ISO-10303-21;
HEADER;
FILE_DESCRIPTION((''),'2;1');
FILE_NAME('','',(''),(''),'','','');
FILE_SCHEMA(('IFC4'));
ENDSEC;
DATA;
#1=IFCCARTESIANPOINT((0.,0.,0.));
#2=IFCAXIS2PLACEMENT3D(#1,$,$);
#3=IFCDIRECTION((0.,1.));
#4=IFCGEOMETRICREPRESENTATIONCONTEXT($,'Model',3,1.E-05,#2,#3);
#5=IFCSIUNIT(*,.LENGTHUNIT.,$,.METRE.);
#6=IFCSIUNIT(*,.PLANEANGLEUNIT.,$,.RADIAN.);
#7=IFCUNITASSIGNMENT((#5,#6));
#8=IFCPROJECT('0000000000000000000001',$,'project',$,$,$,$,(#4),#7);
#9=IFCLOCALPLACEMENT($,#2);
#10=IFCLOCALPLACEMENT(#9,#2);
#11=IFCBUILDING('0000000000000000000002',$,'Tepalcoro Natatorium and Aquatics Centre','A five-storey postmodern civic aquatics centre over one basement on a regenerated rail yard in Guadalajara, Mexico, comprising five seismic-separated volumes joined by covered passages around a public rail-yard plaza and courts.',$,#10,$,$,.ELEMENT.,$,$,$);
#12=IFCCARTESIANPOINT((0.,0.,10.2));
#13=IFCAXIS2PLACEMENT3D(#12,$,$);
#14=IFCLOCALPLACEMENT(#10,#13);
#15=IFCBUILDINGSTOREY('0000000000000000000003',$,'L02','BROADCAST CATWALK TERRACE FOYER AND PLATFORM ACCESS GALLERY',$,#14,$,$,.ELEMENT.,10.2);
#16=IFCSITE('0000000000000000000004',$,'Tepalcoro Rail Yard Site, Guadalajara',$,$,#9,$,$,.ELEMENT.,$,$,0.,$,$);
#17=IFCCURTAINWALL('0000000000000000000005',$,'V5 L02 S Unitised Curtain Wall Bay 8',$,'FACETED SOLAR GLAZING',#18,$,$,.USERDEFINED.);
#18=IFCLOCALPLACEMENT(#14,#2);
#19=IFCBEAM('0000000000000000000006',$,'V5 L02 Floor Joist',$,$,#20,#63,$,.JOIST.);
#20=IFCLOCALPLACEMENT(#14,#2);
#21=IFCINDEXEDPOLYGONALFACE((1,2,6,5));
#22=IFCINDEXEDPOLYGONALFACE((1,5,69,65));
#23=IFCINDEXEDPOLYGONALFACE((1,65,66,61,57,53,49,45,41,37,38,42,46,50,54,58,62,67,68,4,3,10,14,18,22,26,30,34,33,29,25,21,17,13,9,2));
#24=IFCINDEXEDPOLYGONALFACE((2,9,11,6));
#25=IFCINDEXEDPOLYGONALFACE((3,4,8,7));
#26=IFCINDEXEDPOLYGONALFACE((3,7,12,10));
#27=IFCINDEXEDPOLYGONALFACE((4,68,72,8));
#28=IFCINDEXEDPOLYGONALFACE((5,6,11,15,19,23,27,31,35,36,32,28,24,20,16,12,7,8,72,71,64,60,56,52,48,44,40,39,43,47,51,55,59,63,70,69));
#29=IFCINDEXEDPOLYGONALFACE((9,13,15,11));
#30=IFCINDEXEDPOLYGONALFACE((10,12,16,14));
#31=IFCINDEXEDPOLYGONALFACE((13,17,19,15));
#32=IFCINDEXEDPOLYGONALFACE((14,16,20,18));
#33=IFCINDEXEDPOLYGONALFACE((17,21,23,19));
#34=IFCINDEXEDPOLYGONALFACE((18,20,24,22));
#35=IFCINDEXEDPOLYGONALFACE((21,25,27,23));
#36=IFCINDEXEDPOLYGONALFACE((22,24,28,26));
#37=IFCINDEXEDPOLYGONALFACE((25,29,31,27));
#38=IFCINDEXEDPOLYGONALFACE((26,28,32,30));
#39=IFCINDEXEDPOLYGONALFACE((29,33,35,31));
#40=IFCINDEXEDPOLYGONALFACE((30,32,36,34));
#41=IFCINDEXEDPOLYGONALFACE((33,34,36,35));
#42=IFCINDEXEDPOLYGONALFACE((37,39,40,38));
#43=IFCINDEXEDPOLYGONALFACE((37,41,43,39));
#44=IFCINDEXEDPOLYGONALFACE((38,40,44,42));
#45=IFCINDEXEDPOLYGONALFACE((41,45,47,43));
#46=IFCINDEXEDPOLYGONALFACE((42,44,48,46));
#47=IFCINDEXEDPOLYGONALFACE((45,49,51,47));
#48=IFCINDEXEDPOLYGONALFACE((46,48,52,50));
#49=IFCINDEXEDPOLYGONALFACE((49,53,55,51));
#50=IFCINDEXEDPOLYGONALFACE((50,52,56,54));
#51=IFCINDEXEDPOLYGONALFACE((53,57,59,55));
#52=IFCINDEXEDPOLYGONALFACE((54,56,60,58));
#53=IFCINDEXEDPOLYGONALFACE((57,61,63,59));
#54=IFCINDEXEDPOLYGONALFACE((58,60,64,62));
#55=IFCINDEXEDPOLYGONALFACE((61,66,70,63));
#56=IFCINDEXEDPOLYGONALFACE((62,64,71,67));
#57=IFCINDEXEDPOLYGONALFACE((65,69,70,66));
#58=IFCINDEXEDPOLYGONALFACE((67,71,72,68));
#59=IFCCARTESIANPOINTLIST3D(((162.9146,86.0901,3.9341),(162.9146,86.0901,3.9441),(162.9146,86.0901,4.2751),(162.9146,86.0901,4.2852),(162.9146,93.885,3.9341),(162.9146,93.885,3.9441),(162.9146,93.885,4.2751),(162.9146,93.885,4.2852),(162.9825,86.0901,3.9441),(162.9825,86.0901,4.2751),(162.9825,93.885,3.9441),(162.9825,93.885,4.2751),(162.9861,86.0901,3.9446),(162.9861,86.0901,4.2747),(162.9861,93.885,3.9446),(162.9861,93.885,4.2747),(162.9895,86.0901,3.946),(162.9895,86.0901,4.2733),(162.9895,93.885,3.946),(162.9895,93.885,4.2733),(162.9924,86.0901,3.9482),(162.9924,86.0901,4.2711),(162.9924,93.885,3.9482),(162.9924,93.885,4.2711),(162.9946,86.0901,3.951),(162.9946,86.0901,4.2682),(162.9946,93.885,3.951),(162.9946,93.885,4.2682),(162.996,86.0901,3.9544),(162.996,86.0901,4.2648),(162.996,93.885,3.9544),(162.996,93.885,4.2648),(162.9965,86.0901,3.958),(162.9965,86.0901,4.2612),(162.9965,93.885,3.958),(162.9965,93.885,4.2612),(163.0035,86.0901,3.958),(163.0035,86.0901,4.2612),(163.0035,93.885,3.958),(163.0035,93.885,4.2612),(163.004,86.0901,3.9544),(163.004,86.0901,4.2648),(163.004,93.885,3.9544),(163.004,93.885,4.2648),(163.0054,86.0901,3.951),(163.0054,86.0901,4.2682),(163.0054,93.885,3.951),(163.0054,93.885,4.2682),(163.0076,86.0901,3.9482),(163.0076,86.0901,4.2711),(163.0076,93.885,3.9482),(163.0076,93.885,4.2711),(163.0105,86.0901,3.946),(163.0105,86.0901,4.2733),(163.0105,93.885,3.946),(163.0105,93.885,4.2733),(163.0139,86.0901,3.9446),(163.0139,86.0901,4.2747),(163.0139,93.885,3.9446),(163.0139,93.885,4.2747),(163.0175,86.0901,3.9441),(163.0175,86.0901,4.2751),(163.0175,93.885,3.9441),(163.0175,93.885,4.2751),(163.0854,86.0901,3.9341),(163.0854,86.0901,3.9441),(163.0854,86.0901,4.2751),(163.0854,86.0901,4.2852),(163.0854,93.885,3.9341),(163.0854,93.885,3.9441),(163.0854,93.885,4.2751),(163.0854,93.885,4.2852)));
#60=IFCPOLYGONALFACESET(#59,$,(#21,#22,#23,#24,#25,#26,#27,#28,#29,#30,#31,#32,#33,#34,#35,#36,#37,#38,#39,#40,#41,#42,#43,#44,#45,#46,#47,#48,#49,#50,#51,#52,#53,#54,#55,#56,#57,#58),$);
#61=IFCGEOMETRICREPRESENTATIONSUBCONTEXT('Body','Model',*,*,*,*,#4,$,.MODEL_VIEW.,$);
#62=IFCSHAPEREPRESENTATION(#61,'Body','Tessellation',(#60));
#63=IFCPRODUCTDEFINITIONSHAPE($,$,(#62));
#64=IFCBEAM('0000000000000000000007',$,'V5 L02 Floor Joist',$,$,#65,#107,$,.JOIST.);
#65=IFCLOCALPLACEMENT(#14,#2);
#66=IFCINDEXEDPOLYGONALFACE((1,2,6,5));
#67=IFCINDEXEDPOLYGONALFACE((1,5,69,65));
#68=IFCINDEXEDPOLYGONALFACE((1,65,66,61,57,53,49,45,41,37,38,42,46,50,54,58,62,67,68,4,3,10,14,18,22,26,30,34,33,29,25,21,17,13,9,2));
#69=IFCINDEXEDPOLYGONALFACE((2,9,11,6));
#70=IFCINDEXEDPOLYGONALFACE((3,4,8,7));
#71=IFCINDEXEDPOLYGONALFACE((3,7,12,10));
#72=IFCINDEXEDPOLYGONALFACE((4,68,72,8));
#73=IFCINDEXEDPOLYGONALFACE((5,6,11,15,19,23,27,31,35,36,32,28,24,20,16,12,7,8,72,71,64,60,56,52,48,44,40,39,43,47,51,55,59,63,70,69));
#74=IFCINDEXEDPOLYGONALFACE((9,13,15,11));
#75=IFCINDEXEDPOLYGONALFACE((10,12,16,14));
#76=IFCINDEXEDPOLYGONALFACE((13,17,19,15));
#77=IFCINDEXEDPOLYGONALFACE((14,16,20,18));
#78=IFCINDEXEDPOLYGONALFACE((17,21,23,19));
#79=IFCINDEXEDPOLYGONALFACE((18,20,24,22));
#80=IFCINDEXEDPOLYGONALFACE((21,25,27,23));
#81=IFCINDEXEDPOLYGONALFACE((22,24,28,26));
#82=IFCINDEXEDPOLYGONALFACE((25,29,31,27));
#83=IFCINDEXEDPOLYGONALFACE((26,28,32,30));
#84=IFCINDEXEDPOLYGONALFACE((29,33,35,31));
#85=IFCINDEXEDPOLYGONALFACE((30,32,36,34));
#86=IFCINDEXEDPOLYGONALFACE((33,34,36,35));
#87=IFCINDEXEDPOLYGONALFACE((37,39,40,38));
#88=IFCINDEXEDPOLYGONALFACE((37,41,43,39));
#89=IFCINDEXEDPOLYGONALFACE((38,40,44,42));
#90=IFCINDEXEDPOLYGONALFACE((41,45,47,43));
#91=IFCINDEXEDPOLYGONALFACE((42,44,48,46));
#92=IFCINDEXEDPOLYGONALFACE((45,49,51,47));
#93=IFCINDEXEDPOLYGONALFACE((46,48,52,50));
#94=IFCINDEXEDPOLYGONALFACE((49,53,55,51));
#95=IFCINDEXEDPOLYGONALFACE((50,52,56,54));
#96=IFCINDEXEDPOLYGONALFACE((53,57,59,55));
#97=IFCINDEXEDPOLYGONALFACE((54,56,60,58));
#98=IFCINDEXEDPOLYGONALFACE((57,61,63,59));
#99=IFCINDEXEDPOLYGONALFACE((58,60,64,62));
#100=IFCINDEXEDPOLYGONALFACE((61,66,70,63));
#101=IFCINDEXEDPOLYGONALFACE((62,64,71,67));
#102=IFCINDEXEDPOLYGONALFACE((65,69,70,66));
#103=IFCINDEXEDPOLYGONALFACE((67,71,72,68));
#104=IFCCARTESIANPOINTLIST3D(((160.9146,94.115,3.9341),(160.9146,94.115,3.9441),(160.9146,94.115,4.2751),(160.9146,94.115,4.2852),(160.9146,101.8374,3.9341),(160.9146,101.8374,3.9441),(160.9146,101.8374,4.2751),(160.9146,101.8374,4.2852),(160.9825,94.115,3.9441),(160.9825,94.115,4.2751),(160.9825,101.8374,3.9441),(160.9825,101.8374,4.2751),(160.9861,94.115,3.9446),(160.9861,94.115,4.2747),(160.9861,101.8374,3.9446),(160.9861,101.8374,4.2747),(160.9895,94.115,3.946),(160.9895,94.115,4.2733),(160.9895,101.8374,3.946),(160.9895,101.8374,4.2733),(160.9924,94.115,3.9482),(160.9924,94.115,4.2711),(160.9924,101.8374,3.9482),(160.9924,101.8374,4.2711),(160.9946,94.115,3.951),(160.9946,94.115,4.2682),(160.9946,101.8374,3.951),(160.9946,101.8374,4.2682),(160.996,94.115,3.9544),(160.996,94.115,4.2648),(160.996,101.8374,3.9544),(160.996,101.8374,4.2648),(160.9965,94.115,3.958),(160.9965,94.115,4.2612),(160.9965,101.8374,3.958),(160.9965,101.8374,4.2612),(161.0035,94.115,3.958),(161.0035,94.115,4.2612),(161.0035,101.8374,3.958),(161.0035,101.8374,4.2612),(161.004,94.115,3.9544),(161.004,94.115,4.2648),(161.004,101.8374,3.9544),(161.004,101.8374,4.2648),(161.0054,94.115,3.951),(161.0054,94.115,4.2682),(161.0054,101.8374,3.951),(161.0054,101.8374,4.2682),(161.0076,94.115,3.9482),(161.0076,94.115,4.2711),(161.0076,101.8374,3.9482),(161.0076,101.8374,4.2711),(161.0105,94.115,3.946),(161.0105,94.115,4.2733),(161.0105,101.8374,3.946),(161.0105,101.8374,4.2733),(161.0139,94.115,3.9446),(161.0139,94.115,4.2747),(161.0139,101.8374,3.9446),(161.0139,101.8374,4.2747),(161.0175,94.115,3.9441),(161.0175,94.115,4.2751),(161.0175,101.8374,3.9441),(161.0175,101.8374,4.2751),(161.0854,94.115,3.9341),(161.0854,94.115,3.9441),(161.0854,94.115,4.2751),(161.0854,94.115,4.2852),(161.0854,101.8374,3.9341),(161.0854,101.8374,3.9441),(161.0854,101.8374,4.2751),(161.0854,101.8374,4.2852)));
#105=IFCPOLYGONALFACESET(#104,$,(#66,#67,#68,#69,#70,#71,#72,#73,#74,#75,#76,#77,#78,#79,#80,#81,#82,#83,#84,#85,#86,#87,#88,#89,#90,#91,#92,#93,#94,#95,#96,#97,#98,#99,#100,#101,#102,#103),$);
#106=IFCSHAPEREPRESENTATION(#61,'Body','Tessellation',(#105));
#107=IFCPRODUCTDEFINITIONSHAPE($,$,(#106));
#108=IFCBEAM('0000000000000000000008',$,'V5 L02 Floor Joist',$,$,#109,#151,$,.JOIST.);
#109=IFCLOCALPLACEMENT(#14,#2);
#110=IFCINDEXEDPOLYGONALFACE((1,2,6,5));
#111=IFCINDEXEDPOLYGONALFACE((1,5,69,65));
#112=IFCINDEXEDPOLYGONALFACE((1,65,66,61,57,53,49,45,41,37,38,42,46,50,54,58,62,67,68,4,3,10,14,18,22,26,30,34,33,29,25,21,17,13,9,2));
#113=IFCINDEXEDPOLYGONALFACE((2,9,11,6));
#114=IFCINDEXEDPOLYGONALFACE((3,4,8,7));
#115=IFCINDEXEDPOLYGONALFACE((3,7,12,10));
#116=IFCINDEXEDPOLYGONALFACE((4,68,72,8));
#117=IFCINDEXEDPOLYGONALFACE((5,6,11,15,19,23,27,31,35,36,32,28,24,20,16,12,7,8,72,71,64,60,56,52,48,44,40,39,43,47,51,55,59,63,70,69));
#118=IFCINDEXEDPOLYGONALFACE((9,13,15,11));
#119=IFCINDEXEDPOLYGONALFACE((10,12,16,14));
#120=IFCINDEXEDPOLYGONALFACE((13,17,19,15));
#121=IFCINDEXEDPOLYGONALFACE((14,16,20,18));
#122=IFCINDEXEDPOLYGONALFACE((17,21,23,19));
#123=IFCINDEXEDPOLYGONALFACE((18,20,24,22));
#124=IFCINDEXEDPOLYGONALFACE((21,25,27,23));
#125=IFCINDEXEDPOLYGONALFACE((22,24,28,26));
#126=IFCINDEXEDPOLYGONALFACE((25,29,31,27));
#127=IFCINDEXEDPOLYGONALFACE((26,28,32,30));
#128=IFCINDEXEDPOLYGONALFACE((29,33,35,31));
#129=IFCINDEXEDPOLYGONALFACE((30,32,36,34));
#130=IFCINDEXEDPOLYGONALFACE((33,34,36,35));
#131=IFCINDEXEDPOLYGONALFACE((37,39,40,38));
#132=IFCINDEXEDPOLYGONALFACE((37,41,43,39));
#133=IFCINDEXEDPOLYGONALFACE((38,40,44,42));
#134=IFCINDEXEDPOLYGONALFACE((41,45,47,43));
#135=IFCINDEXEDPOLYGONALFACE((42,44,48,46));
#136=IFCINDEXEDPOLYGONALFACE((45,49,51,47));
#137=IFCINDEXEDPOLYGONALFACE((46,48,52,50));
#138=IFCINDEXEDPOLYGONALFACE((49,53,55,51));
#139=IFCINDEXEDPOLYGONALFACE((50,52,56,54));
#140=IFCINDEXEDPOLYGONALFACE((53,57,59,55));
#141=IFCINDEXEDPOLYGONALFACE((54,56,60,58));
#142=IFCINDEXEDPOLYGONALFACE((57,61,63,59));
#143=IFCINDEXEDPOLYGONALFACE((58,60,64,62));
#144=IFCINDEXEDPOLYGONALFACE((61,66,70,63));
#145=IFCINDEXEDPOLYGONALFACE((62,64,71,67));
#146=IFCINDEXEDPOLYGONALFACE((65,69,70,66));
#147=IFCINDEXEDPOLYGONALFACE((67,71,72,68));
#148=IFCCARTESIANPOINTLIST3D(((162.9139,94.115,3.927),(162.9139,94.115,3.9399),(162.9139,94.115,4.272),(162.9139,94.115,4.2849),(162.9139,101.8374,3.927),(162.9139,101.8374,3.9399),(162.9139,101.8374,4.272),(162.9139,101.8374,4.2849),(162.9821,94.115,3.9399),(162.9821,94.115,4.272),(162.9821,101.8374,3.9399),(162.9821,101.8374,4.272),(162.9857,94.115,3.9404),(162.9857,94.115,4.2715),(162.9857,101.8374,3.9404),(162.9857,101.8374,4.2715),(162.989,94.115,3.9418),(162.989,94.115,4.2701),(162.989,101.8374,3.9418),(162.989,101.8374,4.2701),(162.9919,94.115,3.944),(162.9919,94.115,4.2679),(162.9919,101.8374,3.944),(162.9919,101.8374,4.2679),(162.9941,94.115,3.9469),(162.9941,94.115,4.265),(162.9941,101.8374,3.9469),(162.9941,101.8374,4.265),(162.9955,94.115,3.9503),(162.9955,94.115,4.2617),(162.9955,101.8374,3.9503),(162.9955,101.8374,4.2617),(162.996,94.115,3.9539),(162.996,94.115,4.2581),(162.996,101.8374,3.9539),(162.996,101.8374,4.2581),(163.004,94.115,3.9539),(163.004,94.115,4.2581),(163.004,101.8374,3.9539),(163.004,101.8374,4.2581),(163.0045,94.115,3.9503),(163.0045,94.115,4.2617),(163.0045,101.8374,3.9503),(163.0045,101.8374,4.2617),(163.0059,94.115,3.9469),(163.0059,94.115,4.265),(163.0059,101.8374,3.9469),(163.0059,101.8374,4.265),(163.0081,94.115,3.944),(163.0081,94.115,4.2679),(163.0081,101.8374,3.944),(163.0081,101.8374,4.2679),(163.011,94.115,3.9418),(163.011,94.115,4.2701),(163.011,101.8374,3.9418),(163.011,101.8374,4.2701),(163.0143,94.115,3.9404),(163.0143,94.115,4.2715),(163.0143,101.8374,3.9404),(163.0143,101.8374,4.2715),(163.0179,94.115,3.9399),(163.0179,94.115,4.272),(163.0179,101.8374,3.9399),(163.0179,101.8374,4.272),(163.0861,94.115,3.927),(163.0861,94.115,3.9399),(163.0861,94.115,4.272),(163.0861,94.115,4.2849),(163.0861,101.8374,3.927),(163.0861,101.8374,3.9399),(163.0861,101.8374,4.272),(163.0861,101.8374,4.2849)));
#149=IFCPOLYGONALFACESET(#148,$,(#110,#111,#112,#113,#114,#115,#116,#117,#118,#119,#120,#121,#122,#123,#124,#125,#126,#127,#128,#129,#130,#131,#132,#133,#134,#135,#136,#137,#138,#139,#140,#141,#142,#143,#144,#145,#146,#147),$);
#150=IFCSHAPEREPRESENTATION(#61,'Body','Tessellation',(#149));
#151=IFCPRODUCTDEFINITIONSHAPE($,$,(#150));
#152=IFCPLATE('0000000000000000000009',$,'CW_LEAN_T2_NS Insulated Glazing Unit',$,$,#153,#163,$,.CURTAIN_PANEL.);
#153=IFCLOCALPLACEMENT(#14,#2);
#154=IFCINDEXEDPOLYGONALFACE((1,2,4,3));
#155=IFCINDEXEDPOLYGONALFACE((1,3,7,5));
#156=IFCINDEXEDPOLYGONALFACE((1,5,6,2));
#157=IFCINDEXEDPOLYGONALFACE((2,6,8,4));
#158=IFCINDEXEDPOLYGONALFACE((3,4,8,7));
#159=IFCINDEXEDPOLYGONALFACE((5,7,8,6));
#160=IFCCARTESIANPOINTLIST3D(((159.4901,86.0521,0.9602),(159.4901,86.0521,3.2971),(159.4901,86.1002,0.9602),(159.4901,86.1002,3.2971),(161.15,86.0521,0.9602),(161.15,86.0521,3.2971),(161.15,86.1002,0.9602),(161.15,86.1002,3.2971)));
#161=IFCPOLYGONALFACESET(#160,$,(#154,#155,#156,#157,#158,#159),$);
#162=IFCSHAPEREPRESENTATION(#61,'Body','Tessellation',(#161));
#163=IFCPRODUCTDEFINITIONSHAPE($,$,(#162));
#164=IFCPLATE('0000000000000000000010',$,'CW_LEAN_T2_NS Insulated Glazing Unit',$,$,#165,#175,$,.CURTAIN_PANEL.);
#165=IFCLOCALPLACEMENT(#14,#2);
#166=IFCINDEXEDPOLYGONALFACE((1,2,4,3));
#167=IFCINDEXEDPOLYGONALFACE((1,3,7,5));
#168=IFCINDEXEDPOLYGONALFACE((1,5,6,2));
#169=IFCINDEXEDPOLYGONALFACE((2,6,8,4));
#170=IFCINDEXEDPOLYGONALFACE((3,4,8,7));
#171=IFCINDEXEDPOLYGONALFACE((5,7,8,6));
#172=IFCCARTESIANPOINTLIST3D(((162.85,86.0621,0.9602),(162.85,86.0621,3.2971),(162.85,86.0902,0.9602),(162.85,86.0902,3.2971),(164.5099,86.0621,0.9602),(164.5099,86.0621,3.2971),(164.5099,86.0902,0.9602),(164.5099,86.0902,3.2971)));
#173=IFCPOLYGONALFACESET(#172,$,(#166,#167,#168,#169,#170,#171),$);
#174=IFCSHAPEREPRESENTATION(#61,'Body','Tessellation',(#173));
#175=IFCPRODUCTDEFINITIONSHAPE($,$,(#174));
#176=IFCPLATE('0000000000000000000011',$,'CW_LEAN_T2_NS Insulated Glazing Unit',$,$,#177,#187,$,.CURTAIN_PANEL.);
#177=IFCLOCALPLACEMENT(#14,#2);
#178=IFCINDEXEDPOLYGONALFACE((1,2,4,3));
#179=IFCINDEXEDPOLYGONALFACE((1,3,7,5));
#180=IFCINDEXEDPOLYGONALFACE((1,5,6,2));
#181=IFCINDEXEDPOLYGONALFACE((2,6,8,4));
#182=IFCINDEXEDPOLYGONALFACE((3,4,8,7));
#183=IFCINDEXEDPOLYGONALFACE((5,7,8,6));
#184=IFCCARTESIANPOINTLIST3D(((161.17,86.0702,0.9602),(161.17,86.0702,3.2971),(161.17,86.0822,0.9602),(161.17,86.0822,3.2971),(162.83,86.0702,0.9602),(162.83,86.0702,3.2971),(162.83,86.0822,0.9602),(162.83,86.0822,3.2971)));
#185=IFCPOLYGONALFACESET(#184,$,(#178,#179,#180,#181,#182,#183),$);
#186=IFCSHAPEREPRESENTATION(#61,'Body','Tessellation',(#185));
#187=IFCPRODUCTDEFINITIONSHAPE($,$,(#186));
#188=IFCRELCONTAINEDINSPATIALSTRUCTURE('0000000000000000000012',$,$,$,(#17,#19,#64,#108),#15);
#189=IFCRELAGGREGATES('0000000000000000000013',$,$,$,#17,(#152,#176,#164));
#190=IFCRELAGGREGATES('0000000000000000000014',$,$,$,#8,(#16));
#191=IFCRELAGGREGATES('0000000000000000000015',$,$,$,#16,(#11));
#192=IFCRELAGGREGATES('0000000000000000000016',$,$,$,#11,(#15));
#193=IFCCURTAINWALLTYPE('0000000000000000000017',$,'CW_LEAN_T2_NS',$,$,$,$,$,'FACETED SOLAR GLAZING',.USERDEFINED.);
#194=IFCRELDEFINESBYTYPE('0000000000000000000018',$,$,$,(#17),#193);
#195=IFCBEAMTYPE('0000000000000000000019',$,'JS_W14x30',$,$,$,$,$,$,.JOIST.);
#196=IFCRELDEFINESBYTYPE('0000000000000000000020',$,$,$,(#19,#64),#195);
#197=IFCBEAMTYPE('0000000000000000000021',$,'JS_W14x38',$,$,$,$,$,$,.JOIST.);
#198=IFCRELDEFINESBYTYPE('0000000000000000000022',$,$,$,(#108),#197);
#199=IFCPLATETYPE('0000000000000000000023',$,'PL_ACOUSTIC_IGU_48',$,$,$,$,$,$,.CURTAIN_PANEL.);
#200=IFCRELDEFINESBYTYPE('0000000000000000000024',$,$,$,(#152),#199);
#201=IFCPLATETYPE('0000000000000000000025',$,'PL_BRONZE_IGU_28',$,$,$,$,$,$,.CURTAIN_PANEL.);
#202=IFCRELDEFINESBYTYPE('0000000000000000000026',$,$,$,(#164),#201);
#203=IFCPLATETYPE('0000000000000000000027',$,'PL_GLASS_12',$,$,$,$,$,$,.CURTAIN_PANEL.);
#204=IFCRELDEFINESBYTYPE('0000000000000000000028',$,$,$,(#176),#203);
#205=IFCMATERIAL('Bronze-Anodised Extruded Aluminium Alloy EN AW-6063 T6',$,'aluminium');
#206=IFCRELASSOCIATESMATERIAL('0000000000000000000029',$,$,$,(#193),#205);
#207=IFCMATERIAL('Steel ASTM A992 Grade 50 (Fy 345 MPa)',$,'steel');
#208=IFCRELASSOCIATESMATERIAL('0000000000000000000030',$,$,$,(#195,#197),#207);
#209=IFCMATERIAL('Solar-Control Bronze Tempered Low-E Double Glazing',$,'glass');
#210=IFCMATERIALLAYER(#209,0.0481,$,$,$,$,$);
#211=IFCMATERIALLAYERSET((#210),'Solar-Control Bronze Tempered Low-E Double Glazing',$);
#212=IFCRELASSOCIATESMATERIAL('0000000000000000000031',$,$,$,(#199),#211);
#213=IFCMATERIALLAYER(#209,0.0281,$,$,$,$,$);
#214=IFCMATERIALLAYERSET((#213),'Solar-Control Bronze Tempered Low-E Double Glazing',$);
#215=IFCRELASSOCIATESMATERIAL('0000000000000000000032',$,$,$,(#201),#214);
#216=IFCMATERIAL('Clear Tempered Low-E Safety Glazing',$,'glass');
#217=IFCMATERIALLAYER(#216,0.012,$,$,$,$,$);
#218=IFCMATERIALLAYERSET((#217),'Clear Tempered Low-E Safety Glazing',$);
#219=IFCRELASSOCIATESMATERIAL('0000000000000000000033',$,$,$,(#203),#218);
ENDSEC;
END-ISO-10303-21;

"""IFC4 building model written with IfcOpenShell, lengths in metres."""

from ifc_helpers import new_model, si_unit, direction, frame, origin, origin_2d, place, context, subcontext, project, spatial, rectangle, i_section, extrude, material, layer, layer_set, material_profile, profile_set, type_object, element, aggregate, save


model = new_model("IFC4")

# Units and contexts
model_context = context("Model", 3, precision=1e-05, world=origin(), true_north=direction((0.0, 1.0)))
body_context = subcontext(model_context, "Body", "Model", "MODEL_VIEW")
ifc_project = project(units=[si_unit("LENGTHUNIT", "METRE"), si_unit("PLANEANGLEUNIT", "RADIAN")], contexts=[model_context])

# Site, building, storey
site_placement = place(None, origin())
site = spatial("IfcSite", under=ifc_project, at=site_placement, Name="Tepalcoro Rail Yard Site, Guadalajara", CompositionType="ELEMENT", RefElevation=0.0)
building_placement = place(site_placement, origin())
building = spatial("IfcBuilding", under=site, at=building_placement, Name="Tepalcoro Natatorium and Aquatics Centre", Description="A five-storey postmodern civic aquatics centre over one basement on a regenerated rail yard in Guadalajara, Mexico, comprising five seismic-separated volumes joined by covered passages around a public rail-yard plaza and courts.", CompositionType="ELEMENT")
storey_placement = place(building_placement, frame((0.0, 0.0, 10.2)))
storey = spatial("IfcBuildingStorey", under=building, at=storey_placement, Name="L02", Description="BROADCAST CATWALK TERRACE FOYER AND PLATFORM ACCESS GALLERY", CompositionType="ELEMENT", Elevation=10.2)

# Curtain wall
ifc_material_1 = material(Name="Bronze-Anodised Extruded Aluminium Alloy EN AW-6063 T6", Category="aluminium")
curtain_wall_type = type_object("IfcCurtainWallType", Name="CW_LEAN_T2_NS", ElementType="FACETED SOLAR GLAZING", PredefinedType="USERDEFINED", material=ifc_material_1)
curtain_wall_placement = place(storey_placement, origin())
curtain_wall = element("IfcCurtainWall", 1, at=curtain_wall_placement, inside=storey, type_object=curtain_wall_type, Name="V5 L02 S Unitised Curtain Wall Bay 8", ObjectType="FACETED SOLAR GLAZING", PredefinedType="USERDEFINED")

# Beams
ifc_material_2 = material(Name="Steel ASTM A992 Grade 50 (Fy 345 MPa)", Category="steel")
ifc_material_profile_1 = material_profile(ifc_material_2, i_section(OverallWidth=0.1709, OverallDepth=0.3511, WebThickness=0.0071, FlangeThickness=0.01, FilletRadius=0.0139, at=origin_2d()), Name="W14X30")
ifc_profile_set_1 = profile_set([ifc_material_profile_1], Name="Steel ASTM A992 Grade 50 (Fy 345 MPa)")
beam_type_1 = type_object("IfcBeamType", Name="JS_W14x30", PredefinedType="JOIST", material=ifc_profile_set_1)
beam_1_placement = place(storey_placement, frame((163.0, 86.0901, 4.1096), z_axis=(0.0, 1.0, 0.0), x_axis=(-1.0, 0.0, 0.0)))
element("IfcBeam", 2, at=beam_1_placement, inside=storey, type_object=beam_type_1, Name="V5 L02 Floor Joist", PredefinedType="JOIST", context=body_context, shape_type="SweptSolid", body=[
    extrude(i_section(OverallWidth=0.1709, OverallDepth=0.3511, WebThickness=0.0071, FlangeThickness=0.01, FilletRadius=0.0139, at=origin_2d()), origin(), (0.0, 0.0, 1.0), 7.7949),
])
beam_2_placement = place(storey_placement, frame((161.0, 94.115, 4.1096), z_axis=(0.0, 1.0, 0.0), x_axis=(-1.0, 0.0, 0.0)))
element("IfcBeam", 3, at=beam_2_placement, inside=storey, type_object=beam_type_1, Name="V5 L02 Floor Joist", PredefinedType="JOIST", context=body_context, shape_type="SweptSolid", body=[
    extrude(i_section(OverallWidth=0.1709, OverallDepth=0.3511, WebThickness=0.0071, FlangeThickness=0.01, FilletRadius=0.0139, at=origin_2d()), origin(), (0.0, 0.0, 1.0), 7.7224),
])
ifc_material_profile_2 = material_profile(ifc_material_2, i_section(OverallWidth=0.1721, OverallDepth=0.3579, WebThickness=0.0081, FlangeThickness=0.0129, FilletRadius=0.0139, at=origin_2d()), Name="W14X38")
ifc_profile_set_2 = profile_set([ifc_material_profile_2], Name="Steel ASTM A992 Grade 50 (Fy 345 MPa)")
beam_type_2 = type_object("IfcBeamType", Name="JS_W14x38", PredefinedType="JOIST", material=ifc_profile_set_2)
beam_3_placement = place(storey_placement, frame((163.0, 94.115, 4.106), z_axis=(0.0, 1.0, 0.0), x_axis=(-1.0, 0.0, 0.0)))
element("IfcBeam", 4, at=beam_3_placement, inside=storey, type_object=beam_type_2, Name="V5 L02 Floor Joist", PredefinedType="JOIST", context=body_context, shape_type="SweptSolid", body=[
    extrude(i_section(OverallWidth=0.1721, OverallDepth=0.3579, WebThickness=0.0081, FlangeThickness=0.0129, FilletRadius=0.0139, at=origin_2d()), origin(), (0.0, 0.0, 1.0), 7.7224),
])

# Plates
ifc_material_3 = material(Name="Solar-Control Bronze Tempered Low-E Double Glazing", Category="glass")
ifc_layer_1 = layer(ifc_material_3, 0.0481)
ifc_layer_set_1 = layer_set([ifc_layer_1], Name="Solar-Control Bronze Tempered Low-E Double Glazing")
plate_type_1 = type_object("IfcPlateType", Name="PL_ACOUSTIC_IGU_48", PredefinedType="CURTAIN_PANEL", material=ifc_layer_set_1)
plate_1_placement = place(storey_placement, frame((160.3201, 86.0762, 0.9602), z_axis=(0.0, 0.0, 1.0), x_axis=(1.0, 0.0, 0.0)))
plate_1 = element("IfcPlate", 5, at=plate_1_placement, type_object=plate_type_1, Name="CW_LEAN_T2_NS Insulated Glazing Unit", PredefinedType="CURTAIN_PANEL", context=body_context, shape_type="SweptSolid", body=[
    extrude(rectangle(XDim=1.6599, YDim=0.0481, at=origin_2d()), origin(), (0.0, 0.0, 1.0), 2.3369),
])
ifc_layer_2 = layer(ifc_material_3, 0.0281)
ifc_layer_set_2 = layer_set([ifc_layer_2], Name="Solar-Control Bronze Tempered Low-E Double Glazing")
plate_type_2 = type_object("IfcPlateType", Name="PL_BRONZE_IGU_28", PredefinedType="CURTAIN_PANEL", material=ifc_layer_set_2)
plate_2_placement = place(storey_placement, frame((163.6799, 86.0762, 0.9602), z_axis=(0.0, 0.0, 1.0), x_axis=(1.0, 0.0, 0.0)))
plate_2 = element("IfcPlate", 6, at=plate_2_placement, type_object=plate_type_2, Name="CW_LEAN_T2_NS Insulated Glazing Unit", PredefinedType="CURTAIN_PANEL", context=body_context, shape_type="SweptSolid", body=[
    extrude(rectangle(XDim=1.6599, YDim=0.0281, at=origin_2d()), origin(), (0.0, 0.0, 1.0), 2.3369),
])
ifc_material_4 = material(Name="Clear Tempered Low-E Safety Glazing", Category="glass")
ifc_layer_3 = layer(ifc_material_4, 0.012)
ifc_layer_set_3 = layer_set([ifc_layer_3], Name="Clear Tempered Low-E Safety Glazing")
plate_type_3 = type_object("IfcPlateType", Name="PL_GLASS_12", PredefinedType="CURTAIN_PANEL", material=ifc_layer_set_3)
plate_3_placement = place(storey_placement, frame((162.0, 86.0762, 0.9602), z_axis=(0.0, 0.0, 1.0), x_axis=(1.0, 0.0, 0.0)))
plate_3 = element("IfcPlate", 7, at=plate_3_placement, type_object=plate_type_3, Name="CW_LEAN_T2_NS Insulated Glazing Unit", PredefinedType="CURTAIN_PANEL", context=body_context, shape_type="SweptSolid", body=[
    extrude(rectangle(XDim=1.6599, YDim=0.012, at=origin_2d()), origin(), (0.0, 0.0, 1.0), 2.3369),
])
aggregate(curtain_wall, [plate_1, plate_3, plate_2])

save(model, "model.ifc")
